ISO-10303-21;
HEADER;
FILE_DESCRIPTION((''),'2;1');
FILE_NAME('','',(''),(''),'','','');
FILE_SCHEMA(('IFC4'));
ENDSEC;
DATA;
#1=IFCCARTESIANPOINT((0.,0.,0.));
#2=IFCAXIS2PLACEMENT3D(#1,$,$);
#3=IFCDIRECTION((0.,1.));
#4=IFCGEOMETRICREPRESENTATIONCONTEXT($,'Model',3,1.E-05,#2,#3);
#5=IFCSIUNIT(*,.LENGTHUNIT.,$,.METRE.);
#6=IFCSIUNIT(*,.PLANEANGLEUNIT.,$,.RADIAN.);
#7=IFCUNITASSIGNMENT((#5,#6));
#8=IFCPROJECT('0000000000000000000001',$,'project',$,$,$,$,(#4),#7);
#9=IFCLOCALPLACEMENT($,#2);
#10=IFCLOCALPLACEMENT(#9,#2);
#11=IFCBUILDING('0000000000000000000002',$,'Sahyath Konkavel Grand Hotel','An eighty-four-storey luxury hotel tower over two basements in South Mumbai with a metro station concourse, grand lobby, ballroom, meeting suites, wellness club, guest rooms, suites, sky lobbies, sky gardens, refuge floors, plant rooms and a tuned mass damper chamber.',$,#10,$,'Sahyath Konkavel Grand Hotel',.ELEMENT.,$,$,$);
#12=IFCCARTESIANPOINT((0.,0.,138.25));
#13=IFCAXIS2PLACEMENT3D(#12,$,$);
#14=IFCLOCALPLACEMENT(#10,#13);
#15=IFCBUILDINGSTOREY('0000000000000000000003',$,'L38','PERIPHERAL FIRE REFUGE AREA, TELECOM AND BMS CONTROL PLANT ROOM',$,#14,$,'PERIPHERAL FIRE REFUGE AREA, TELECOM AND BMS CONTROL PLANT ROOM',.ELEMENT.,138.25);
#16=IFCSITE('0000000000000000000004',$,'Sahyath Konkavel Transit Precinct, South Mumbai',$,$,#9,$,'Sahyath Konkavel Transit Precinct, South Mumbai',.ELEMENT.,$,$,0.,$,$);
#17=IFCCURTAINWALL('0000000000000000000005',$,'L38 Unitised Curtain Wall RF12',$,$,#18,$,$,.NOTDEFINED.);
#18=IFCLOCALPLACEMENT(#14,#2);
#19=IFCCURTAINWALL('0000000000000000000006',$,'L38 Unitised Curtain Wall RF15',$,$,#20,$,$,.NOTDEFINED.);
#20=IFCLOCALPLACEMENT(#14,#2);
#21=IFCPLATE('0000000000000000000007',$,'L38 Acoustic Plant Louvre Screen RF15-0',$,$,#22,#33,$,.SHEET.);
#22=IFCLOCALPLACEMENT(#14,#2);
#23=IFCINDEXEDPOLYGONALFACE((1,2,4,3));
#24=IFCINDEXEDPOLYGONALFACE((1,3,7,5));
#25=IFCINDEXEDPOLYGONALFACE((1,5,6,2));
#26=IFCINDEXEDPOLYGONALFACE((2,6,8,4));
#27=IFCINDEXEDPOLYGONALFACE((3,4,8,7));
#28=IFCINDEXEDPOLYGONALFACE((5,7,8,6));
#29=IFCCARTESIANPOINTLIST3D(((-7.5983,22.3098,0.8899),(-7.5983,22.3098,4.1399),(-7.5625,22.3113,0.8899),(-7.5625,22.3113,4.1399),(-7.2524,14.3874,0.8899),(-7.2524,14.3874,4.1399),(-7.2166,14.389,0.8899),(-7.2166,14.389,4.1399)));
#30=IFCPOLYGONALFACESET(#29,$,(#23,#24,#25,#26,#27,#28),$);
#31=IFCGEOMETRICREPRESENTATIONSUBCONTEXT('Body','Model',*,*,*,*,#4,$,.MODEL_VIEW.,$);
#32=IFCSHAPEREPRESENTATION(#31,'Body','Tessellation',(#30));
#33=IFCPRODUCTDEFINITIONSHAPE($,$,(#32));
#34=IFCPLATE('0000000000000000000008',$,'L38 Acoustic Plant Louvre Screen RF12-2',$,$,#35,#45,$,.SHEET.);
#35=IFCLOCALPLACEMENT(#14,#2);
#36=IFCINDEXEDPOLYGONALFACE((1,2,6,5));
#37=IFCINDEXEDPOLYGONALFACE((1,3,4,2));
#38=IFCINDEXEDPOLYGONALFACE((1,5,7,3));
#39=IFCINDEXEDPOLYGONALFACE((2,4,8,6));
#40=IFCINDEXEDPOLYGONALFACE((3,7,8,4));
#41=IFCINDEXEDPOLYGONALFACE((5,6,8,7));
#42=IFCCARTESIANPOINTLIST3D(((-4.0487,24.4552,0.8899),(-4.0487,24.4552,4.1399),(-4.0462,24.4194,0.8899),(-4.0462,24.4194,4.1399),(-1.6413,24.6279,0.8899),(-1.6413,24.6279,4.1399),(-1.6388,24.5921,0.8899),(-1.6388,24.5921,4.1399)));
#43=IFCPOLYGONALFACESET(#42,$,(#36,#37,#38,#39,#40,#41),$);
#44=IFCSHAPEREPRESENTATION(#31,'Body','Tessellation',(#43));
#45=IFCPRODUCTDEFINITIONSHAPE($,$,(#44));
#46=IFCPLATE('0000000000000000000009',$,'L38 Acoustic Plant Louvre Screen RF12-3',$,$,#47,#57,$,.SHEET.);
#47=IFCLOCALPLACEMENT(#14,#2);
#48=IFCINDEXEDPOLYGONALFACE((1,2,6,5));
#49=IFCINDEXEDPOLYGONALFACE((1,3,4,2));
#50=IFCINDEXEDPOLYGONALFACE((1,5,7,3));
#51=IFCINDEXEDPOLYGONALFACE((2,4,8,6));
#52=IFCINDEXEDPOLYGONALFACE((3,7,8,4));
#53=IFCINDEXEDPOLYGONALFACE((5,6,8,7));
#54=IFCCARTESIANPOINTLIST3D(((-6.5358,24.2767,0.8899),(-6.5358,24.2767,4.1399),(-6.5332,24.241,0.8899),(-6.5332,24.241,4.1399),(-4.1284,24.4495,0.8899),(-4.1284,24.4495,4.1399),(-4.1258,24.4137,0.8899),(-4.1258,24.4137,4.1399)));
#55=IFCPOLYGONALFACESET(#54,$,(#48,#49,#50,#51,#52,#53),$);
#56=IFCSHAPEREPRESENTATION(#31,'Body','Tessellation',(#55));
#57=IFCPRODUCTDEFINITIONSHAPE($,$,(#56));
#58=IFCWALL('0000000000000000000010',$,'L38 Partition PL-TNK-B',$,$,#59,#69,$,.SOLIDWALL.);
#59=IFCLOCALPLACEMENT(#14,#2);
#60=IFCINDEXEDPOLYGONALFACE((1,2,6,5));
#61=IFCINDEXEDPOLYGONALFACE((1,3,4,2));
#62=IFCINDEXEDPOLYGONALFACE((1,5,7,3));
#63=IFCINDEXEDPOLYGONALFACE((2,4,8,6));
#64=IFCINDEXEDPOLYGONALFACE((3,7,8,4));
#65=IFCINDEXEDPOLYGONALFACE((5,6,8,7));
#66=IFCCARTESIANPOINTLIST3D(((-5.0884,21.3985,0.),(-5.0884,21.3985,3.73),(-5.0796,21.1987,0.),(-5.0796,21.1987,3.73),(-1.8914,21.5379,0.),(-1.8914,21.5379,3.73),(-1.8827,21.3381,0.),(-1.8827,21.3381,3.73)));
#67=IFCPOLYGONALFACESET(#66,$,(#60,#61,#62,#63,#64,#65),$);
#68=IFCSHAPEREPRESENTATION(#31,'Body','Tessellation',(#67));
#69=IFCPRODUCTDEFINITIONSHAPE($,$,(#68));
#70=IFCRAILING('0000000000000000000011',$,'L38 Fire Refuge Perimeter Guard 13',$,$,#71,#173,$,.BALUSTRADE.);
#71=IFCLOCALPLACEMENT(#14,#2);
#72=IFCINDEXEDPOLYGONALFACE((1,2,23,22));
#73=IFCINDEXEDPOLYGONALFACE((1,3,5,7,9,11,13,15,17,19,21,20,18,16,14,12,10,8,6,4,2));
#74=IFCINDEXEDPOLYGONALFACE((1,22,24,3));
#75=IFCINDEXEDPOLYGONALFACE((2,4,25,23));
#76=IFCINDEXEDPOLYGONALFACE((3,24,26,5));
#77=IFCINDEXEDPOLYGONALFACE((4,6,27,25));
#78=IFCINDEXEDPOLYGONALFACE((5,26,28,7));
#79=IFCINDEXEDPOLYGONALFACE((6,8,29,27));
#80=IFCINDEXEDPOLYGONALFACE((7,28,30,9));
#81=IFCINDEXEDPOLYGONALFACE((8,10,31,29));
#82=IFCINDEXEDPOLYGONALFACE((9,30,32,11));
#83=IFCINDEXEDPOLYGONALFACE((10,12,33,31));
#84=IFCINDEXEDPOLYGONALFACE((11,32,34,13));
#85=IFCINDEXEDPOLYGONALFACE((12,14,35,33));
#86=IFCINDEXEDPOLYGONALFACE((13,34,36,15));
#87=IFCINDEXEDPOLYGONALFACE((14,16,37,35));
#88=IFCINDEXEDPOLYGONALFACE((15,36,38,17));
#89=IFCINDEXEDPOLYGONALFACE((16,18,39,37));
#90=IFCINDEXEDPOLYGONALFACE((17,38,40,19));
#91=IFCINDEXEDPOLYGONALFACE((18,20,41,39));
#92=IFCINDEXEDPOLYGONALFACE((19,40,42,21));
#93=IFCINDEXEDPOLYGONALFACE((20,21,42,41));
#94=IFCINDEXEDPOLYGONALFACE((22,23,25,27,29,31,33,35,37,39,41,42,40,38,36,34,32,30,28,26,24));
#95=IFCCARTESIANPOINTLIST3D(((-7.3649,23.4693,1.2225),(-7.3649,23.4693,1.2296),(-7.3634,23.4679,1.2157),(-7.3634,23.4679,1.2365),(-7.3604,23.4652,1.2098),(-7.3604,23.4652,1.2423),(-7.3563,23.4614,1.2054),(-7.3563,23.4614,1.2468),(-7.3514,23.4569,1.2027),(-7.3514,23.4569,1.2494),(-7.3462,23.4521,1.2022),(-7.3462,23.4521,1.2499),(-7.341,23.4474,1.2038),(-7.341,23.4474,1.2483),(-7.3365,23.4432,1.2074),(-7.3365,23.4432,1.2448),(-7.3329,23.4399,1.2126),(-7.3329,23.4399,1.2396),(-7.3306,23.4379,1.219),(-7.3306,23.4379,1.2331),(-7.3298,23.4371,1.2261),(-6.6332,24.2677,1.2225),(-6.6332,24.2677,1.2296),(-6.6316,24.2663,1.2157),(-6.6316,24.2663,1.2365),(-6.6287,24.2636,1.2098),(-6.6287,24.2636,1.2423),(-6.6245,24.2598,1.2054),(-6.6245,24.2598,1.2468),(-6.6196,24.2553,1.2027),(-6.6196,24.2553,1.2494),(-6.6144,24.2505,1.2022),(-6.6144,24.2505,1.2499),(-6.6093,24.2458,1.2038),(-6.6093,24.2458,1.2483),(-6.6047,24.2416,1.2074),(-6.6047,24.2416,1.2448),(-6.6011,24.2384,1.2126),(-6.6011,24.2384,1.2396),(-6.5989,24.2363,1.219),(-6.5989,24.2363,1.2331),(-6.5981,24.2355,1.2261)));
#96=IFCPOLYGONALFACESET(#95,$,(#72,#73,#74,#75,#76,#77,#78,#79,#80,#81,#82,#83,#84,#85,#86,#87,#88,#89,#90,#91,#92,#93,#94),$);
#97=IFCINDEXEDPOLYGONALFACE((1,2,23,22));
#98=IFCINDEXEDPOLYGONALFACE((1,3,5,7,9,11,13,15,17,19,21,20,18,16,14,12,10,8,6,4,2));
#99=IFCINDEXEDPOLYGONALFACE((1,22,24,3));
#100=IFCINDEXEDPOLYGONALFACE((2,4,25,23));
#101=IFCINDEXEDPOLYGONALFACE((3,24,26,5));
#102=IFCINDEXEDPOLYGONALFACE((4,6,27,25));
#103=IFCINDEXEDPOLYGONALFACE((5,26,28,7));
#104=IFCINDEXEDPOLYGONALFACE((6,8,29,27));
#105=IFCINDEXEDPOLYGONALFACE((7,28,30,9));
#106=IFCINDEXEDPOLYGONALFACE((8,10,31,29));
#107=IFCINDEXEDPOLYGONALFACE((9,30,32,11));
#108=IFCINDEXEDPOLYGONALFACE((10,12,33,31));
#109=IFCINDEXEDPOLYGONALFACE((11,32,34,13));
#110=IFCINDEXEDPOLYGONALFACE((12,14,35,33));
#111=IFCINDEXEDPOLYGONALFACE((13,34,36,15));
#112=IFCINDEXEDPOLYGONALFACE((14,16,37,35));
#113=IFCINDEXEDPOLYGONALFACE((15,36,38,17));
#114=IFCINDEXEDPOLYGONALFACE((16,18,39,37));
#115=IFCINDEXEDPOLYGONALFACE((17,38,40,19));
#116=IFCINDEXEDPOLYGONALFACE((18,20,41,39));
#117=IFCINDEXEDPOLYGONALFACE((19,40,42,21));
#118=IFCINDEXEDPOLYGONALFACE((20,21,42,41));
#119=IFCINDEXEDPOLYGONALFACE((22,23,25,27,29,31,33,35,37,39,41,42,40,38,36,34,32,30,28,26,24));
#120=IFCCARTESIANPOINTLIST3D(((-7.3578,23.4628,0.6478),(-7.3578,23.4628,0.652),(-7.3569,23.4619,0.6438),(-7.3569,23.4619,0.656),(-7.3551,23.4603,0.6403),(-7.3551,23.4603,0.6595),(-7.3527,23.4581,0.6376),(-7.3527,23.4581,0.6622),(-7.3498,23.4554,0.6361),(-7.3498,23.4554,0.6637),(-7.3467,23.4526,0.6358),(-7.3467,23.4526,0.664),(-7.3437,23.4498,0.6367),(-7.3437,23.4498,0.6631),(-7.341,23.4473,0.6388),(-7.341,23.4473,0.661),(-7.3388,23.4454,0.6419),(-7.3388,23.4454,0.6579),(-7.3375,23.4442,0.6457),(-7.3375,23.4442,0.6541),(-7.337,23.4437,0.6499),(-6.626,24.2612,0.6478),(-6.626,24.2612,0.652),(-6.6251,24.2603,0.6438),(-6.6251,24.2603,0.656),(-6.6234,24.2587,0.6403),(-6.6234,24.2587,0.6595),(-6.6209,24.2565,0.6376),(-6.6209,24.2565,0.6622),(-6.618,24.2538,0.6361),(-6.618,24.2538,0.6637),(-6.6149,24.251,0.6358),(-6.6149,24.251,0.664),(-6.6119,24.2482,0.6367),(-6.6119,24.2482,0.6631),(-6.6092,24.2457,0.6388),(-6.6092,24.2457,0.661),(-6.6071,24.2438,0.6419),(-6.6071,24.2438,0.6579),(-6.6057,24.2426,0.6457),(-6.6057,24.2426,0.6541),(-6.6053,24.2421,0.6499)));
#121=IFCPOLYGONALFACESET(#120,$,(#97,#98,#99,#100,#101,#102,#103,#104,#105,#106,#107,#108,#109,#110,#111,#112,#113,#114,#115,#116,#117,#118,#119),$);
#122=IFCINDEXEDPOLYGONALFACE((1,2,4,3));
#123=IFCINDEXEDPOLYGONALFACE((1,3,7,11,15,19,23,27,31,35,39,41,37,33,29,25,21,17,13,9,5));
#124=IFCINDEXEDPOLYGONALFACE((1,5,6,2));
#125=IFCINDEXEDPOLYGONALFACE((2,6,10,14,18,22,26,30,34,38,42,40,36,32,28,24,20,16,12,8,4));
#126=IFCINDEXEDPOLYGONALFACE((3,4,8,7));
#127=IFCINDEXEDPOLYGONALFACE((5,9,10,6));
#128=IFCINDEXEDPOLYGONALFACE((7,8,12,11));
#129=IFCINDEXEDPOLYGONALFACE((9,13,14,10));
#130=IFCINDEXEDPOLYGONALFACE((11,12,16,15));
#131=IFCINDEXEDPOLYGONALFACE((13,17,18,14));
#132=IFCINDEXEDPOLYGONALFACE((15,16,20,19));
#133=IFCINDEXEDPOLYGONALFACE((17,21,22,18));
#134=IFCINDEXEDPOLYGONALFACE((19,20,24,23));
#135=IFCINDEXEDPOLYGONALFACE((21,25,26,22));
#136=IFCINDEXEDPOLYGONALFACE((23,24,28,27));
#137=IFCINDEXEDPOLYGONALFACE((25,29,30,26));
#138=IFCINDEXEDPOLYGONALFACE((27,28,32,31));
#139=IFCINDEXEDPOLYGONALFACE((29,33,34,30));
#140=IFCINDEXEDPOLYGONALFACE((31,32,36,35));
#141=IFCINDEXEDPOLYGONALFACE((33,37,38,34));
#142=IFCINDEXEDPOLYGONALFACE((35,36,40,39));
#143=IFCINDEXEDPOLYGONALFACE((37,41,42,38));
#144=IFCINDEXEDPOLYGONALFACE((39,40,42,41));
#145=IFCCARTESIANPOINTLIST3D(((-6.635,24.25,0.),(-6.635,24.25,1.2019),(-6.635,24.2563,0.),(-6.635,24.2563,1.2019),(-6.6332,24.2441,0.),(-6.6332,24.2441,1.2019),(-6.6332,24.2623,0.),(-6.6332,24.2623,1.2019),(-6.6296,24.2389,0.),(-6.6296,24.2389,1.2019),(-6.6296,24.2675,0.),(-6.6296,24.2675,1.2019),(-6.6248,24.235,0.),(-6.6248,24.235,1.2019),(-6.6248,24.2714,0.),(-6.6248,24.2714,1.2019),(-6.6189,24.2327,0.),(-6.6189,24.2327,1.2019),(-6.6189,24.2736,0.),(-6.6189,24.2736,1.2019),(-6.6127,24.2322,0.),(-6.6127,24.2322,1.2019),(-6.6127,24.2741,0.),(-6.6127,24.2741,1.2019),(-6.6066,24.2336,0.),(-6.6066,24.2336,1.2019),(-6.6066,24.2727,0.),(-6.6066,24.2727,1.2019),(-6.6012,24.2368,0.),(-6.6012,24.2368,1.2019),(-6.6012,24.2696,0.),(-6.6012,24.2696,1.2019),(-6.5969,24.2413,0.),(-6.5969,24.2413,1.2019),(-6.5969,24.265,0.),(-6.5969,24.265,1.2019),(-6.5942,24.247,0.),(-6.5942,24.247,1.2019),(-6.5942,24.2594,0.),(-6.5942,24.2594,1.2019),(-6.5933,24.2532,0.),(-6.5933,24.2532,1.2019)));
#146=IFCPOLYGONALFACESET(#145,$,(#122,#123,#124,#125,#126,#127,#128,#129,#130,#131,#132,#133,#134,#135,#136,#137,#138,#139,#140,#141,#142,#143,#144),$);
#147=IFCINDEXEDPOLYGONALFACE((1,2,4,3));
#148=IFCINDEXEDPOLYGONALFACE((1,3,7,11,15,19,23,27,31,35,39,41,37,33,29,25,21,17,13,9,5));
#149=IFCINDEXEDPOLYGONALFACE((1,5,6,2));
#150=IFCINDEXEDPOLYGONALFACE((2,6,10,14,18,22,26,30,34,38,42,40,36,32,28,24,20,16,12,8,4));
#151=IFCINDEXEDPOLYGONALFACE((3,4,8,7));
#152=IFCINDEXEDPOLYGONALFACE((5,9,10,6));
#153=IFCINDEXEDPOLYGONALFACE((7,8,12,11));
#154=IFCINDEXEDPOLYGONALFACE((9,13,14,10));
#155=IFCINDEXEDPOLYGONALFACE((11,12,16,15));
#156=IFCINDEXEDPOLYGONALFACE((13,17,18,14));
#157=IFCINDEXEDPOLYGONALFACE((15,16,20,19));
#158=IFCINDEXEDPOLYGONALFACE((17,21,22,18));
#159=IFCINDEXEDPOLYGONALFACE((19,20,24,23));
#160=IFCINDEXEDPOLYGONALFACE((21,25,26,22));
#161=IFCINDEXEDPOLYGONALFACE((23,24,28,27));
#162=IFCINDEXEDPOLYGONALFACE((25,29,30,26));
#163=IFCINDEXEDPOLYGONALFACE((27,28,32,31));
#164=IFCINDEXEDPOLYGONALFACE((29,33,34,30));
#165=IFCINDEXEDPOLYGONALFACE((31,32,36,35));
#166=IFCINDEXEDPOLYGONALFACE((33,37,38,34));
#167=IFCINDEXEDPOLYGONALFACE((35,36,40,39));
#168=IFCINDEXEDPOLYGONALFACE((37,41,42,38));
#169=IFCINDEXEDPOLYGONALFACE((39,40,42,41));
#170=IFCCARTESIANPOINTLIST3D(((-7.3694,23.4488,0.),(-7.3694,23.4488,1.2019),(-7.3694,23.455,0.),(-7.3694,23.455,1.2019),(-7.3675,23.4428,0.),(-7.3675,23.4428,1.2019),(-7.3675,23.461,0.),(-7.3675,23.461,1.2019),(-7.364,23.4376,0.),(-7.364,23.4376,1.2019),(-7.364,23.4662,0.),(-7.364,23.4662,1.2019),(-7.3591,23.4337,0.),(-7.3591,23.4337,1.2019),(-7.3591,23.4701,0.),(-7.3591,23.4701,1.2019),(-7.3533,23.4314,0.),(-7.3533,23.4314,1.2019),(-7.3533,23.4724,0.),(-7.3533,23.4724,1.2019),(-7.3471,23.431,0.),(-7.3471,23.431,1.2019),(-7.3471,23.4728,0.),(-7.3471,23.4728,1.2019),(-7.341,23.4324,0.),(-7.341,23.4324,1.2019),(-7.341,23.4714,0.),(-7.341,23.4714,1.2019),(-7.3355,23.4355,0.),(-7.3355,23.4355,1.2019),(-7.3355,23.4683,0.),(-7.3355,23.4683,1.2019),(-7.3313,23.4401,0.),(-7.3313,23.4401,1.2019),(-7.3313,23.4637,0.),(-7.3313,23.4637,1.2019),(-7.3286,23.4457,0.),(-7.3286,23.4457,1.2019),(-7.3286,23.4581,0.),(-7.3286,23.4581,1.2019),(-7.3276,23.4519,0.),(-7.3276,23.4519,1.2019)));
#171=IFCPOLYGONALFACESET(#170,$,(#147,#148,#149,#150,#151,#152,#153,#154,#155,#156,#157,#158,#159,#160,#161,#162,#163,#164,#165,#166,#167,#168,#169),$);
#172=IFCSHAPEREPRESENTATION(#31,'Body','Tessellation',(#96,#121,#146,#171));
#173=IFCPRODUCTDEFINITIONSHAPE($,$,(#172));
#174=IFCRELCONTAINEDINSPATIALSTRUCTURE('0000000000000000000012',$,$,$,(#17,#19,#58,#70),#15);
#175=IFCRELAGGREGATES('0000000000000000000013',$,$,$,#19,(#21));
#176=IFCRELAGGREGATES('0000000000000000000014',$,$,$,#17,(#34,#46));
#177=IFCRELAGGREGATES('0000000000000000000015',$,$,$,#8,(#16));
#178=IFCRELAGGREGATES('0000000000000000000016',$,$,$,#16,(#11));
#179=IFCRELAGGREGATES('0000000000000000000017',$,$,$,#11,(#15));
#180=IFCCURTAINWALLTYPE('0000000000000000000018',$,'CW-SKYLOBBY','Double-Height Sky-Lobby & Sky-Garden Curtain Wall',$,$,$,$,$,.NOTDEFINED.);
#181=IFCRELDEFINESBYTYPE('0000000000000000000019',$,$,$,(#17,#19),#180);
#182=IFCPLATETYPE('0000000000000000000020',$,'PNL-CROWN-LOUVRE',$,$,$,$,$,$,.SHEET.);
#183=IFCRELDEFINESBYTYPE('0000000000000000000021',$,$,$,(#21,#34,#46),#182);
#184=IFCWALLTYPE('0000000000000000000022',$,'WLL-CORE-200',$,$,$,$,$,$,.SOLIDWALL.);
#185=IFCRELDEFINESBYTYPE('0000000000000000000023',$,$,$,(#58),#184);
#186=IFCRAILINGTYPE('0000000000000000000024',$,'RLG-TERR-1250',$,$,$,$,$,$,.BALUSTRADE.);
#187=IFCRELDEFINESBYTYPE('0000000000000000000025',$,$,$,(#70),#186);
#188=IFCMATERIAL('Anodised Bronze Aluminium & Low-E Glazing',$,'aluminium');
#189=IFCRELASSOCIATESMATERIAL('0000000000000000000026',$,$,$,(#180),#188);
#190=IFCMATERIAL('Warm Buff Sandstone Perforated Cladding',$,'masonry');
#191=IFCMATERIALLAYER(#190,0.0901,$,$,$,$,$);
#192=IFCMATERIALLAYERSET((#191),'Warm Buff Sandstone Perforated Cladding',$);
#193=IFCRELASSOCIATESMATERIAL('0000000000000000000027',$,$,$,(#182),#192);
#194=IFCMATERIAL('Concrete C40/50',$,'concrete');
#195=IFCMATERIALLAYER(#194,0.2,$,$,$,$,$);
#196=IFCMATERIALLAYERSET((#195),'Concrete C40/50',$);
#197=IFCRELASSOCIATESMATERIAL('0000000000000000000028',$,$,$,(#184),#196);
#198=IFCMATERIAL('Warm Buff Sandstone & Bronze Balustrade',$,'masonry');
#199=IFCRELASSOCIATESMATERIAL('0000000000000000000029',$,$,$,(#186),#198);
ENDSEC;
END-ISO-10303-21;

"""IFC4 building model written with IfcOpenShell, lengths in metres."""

from ifc_helpers import new_model, si_unit, direction, frame, frame_2d, origin, origin_2d, place, context, subcontext, project, spatial, rectangle, circle, extrude, source, transform, mapped, material, layer, layer_set, type_object, element, aggregate, save


model = new_model("IFC4")

# Units and contexts
model_context = context("Model", 3, precision=1e-05, world=origin(), true_north=direction((0.0, 1.0)))
body_context = subcontext(model_context, "Body", "Model", "MODEL_VIEW")
ifc_project = project(units=[si_unit("LENGTHUNIT", "METRE"), si_unit("PLANEANGLEUNIT", "RADIAN")], contexts=[model_context])

# Site, building, storey
site_placement = place(None, origin())
site = spatial("IfcSite", under=ifc_project, at=site_placement, Name="Sahyath Konkavel Transit Precinct, South Mumbai", LongName="Sahyath Konkavel Transit Precinct, South Mumbai", CompositionType="ELEMENT", RefElevation=0.0)
building_placement = place(site_placement, origin())
building = spatial("IfcBuilding", under=site, at=building_placement, Name="Sahyath Konkavel Grand Hotel", Description="An eighty-four-storey luxury hotel tower over two basements in South Mumbai with a metro station concourse, grand lobby, ballroom, meeting suites, wellness club, guest rooms, suites, sky lobbies, sky gardens, refuge floors, plant rooms and a tuned mass damper chamber.", LongName="Sahyath Konkavel Grand Hotel", CompositionType="ELEMENT")
storey_placement = place(building_placement, frame((0.0, 0.0, 138.25)))
storey = spatial("IfcBuildingStorey", under=building, at=storey_placement, Name="L38", Description="PERIPHERAL FIRE REFUGE AREA, TELECOM AND BMS CONTROL PLANT ROOM", LongName="PERIPHERAL FIRE REFUGE AREA, TELECOM AND BMS CONTROL PLANT ROOM", CompositionType="ELEMENT", Elevation=138.25)

# Curtain wall
ifc_material_1 = material(Name="Anodised Bronze Aluminium & Low-E Glazing", Category="aluminium")
curtain_wall_type = type_object("IfcCurtainWallType", Name="CW-SKYLOBBY", Description="Double-Height Sky-Lobby & Sky-Garden Curtain Wall", PredefinedType="NOTDEFINED", material=ifc_material_1)
curtain_wall_1_placement = place(storey_placement, origin())
curtain_wall_1 = element("IfcCurtainWall", 1, at=curtain_wall_1_placement, inside=storey, type_object=curtain_wall_type, Name="L38 Unitised Curtain Wall RF12", PredefinedType="NOTDEFINED")

# Curtain wall
curtain_wall_2_placement = place(storey_placement, origin())
curtain_wall_2 = element("IfcCurtainWall", 2, at=curtain_wall_2_placement, inside=storey, type_object=curtain_wall_type, Name="L38 Unitised Curtain Wall RF15", PredefinedType="NOTDEFINED")

# Plates
ifc_material_2 = material(Name="Warm Buff Sandstone Perforated Cladding", Category="masonry")
ifc_layer_1 = layer(ifc_material_2, 0.0901)
ifc_layer_set_1 = layer_set([ifc_layer_1], Name="Warm Buff Sandstone Perforated Cladding")
plate_type_1 = type_object("IfcPlateType", Name="PNL-CROWN-LOUVRE", PredefinedType="SHEET", material=ifc_layer_set_1)
shared_shape_1 = source(origin(), body_context, "Body", "SweptSolid", [
    extrude(rectangle(XDim=7.9299, YDim=0.0359, at=origin_2d()), origin(), (0.0, 0.0, 1.0), 3.25),
])
plate_1_placement = place(storey_placement, frame((-7.4075, 18.3494, 0.8899), z_axis=(0.0, 0.0, 1.0), x_axis=(0.043619, -0.999048, 0.0)))
plate_1 = element("IfcPlate", 3, at=plate_1_placement, type_object=plate_type_1, Name="L38 Acoustic Plant Louvre Screen RF15-0", PredefinedType="SHEET", context=body_context, shape_type="MappedRepresentation", body=[
    mapped(shared_shape_1, transform((0.0, 0.0, 0.0), scale=1.0)),
])
aggregate(curtain_wall_2, [plate_1])
shared_shape_2 = source(origin(), body_context, "Body", "SweptSolid", [
    extrude(rectangle(XDim=2.4136, YDim=0.0359, at=origin_2d()), origin(), (0.0, 0.0, 1.0), 3.25),
])
plate_2_placement = place(storey_placement, frame((-2.8438, 24.5237, 0.8899), z_axis=(0.0, 0.0, 1.0), x_axis=(-0.997436, -0.071567, 0.0)))
plate_2 = element("IfcPlate", 4, at=plate_2_placement, type_object=plate_type_1, Name="L38 Acoustic Plant Louvre Screen RF12-2", PredefinedType="SHEET", context=body_context, shape_type="MappedRepresentation", body=[
    mapped(shared_shape_2, transform((0.0, 0.0, 0.0), scale=1.0)),
])
plate_3_placement = place(storey_placement, frame((-5.3308, 24.3452, 0.8899), z_axis=(0.0, 0.0, 1.0), x_axis=(-0.997436, -0.071567, 0.0)))
plate_3 = element("IfcPlate", 5, at=plate_3_placement, type_object=plate_type_1, Name="L38 Acoustic Plant Louvre Screen RF12-3", PredefinedType="SHEET", context=body_context, shape_type="MappedRepresentation", body=[
    mapped(shared_shape_2, transform((0.0, 0.0, 0.0), scale=1.0)),
])
aggregate(curtain_wall_1, [plate_2, plate_3])

# Wall
ifc_material_3 = material(Name="Concrete C40/50", Category="concrete")
ifc_layer_2 = layer(ifc_material_3, 0.2)
ifc_layer_set_2 = layer_set([ifc_layer_2], Name="Concrete C40/50")
wall_type = type_object("IfcWallType", Name="WLL-CORE-200", PredefinedType="SOLIDWALL", material=ifc_layer_set_2)
wall_placement = place(storey_placement, frame((-1.887, 21.438, 0.0), z_axis=(0.0, 0.0, 1.0), x_axis=(-0.999051, -0.043563, 0.0)))
element("IfcWall", 6, at=wall_placement, inside=storey, type_object=wall_type, Name="L38 Partition PL-TNK-B", PredefinedType="SOLIDWALL", context=body_context, shape_type="SweptSolid", body=[
    extrude(rectangle(XDim=3.2, YDim=0.2, at=frame_2d((1.6001, 0.0))), origin(), (0.0, 0.0, 1.0), 3.73),
])

# Railing
ifc_material_4 = material(Name="Warm Buff Sandstone & Bronze Balustrade", Category="masonry")
railing_type = type_object("IfcRailingType", Name="RLG-TERR-1250", PredefinedType="BALUSTRADE", material=ifc_material_4)
railing_1_placement = place(storey_placement, frame((-6.6143, 24.2532, 0.0)))
element("IfcRailing", 7, at=railing_1_placement, inside=storey, type_object=railing_type, Name="L38 Fire Refuge Perimeter Guard 13", PredefinedType="BALUSTRADE", context=body_context, shape_type="SweptSolid", body=[
    extrude(circle(Radius=0.0239, at=origin_2d()), frame((-0.0015, -0.0015, 1.2261), z_axis=(-0.675664, -0.73721, 0.0), x_axis=(0.73721, -0.675664, 0.0)), (0.0, 0.0, 1.0), 1.083),
    extrude(circle(Radius=0.0142, at=origin_2d()), frame((-0.0015, -0.0015, 0.6499), z_axis=(-0.675664, -0.73721, 0.0), x_axis=(0.73721, -0.675664, 0.0)), (0.0, 0.0, 1.0), 1.083),
    extrude(circle(Radius=0.021, at=origin_2d()), origin(), (0.0, 0.0, 1.0), 1.2019),
    extrude(circle(Radius=0.021, at=origin_2d()), frame((-0.7344, -0.8013, 0.0)), (0.0, 0.0, 1.0), 1.2019),
])

save(model, "model.ifc")
